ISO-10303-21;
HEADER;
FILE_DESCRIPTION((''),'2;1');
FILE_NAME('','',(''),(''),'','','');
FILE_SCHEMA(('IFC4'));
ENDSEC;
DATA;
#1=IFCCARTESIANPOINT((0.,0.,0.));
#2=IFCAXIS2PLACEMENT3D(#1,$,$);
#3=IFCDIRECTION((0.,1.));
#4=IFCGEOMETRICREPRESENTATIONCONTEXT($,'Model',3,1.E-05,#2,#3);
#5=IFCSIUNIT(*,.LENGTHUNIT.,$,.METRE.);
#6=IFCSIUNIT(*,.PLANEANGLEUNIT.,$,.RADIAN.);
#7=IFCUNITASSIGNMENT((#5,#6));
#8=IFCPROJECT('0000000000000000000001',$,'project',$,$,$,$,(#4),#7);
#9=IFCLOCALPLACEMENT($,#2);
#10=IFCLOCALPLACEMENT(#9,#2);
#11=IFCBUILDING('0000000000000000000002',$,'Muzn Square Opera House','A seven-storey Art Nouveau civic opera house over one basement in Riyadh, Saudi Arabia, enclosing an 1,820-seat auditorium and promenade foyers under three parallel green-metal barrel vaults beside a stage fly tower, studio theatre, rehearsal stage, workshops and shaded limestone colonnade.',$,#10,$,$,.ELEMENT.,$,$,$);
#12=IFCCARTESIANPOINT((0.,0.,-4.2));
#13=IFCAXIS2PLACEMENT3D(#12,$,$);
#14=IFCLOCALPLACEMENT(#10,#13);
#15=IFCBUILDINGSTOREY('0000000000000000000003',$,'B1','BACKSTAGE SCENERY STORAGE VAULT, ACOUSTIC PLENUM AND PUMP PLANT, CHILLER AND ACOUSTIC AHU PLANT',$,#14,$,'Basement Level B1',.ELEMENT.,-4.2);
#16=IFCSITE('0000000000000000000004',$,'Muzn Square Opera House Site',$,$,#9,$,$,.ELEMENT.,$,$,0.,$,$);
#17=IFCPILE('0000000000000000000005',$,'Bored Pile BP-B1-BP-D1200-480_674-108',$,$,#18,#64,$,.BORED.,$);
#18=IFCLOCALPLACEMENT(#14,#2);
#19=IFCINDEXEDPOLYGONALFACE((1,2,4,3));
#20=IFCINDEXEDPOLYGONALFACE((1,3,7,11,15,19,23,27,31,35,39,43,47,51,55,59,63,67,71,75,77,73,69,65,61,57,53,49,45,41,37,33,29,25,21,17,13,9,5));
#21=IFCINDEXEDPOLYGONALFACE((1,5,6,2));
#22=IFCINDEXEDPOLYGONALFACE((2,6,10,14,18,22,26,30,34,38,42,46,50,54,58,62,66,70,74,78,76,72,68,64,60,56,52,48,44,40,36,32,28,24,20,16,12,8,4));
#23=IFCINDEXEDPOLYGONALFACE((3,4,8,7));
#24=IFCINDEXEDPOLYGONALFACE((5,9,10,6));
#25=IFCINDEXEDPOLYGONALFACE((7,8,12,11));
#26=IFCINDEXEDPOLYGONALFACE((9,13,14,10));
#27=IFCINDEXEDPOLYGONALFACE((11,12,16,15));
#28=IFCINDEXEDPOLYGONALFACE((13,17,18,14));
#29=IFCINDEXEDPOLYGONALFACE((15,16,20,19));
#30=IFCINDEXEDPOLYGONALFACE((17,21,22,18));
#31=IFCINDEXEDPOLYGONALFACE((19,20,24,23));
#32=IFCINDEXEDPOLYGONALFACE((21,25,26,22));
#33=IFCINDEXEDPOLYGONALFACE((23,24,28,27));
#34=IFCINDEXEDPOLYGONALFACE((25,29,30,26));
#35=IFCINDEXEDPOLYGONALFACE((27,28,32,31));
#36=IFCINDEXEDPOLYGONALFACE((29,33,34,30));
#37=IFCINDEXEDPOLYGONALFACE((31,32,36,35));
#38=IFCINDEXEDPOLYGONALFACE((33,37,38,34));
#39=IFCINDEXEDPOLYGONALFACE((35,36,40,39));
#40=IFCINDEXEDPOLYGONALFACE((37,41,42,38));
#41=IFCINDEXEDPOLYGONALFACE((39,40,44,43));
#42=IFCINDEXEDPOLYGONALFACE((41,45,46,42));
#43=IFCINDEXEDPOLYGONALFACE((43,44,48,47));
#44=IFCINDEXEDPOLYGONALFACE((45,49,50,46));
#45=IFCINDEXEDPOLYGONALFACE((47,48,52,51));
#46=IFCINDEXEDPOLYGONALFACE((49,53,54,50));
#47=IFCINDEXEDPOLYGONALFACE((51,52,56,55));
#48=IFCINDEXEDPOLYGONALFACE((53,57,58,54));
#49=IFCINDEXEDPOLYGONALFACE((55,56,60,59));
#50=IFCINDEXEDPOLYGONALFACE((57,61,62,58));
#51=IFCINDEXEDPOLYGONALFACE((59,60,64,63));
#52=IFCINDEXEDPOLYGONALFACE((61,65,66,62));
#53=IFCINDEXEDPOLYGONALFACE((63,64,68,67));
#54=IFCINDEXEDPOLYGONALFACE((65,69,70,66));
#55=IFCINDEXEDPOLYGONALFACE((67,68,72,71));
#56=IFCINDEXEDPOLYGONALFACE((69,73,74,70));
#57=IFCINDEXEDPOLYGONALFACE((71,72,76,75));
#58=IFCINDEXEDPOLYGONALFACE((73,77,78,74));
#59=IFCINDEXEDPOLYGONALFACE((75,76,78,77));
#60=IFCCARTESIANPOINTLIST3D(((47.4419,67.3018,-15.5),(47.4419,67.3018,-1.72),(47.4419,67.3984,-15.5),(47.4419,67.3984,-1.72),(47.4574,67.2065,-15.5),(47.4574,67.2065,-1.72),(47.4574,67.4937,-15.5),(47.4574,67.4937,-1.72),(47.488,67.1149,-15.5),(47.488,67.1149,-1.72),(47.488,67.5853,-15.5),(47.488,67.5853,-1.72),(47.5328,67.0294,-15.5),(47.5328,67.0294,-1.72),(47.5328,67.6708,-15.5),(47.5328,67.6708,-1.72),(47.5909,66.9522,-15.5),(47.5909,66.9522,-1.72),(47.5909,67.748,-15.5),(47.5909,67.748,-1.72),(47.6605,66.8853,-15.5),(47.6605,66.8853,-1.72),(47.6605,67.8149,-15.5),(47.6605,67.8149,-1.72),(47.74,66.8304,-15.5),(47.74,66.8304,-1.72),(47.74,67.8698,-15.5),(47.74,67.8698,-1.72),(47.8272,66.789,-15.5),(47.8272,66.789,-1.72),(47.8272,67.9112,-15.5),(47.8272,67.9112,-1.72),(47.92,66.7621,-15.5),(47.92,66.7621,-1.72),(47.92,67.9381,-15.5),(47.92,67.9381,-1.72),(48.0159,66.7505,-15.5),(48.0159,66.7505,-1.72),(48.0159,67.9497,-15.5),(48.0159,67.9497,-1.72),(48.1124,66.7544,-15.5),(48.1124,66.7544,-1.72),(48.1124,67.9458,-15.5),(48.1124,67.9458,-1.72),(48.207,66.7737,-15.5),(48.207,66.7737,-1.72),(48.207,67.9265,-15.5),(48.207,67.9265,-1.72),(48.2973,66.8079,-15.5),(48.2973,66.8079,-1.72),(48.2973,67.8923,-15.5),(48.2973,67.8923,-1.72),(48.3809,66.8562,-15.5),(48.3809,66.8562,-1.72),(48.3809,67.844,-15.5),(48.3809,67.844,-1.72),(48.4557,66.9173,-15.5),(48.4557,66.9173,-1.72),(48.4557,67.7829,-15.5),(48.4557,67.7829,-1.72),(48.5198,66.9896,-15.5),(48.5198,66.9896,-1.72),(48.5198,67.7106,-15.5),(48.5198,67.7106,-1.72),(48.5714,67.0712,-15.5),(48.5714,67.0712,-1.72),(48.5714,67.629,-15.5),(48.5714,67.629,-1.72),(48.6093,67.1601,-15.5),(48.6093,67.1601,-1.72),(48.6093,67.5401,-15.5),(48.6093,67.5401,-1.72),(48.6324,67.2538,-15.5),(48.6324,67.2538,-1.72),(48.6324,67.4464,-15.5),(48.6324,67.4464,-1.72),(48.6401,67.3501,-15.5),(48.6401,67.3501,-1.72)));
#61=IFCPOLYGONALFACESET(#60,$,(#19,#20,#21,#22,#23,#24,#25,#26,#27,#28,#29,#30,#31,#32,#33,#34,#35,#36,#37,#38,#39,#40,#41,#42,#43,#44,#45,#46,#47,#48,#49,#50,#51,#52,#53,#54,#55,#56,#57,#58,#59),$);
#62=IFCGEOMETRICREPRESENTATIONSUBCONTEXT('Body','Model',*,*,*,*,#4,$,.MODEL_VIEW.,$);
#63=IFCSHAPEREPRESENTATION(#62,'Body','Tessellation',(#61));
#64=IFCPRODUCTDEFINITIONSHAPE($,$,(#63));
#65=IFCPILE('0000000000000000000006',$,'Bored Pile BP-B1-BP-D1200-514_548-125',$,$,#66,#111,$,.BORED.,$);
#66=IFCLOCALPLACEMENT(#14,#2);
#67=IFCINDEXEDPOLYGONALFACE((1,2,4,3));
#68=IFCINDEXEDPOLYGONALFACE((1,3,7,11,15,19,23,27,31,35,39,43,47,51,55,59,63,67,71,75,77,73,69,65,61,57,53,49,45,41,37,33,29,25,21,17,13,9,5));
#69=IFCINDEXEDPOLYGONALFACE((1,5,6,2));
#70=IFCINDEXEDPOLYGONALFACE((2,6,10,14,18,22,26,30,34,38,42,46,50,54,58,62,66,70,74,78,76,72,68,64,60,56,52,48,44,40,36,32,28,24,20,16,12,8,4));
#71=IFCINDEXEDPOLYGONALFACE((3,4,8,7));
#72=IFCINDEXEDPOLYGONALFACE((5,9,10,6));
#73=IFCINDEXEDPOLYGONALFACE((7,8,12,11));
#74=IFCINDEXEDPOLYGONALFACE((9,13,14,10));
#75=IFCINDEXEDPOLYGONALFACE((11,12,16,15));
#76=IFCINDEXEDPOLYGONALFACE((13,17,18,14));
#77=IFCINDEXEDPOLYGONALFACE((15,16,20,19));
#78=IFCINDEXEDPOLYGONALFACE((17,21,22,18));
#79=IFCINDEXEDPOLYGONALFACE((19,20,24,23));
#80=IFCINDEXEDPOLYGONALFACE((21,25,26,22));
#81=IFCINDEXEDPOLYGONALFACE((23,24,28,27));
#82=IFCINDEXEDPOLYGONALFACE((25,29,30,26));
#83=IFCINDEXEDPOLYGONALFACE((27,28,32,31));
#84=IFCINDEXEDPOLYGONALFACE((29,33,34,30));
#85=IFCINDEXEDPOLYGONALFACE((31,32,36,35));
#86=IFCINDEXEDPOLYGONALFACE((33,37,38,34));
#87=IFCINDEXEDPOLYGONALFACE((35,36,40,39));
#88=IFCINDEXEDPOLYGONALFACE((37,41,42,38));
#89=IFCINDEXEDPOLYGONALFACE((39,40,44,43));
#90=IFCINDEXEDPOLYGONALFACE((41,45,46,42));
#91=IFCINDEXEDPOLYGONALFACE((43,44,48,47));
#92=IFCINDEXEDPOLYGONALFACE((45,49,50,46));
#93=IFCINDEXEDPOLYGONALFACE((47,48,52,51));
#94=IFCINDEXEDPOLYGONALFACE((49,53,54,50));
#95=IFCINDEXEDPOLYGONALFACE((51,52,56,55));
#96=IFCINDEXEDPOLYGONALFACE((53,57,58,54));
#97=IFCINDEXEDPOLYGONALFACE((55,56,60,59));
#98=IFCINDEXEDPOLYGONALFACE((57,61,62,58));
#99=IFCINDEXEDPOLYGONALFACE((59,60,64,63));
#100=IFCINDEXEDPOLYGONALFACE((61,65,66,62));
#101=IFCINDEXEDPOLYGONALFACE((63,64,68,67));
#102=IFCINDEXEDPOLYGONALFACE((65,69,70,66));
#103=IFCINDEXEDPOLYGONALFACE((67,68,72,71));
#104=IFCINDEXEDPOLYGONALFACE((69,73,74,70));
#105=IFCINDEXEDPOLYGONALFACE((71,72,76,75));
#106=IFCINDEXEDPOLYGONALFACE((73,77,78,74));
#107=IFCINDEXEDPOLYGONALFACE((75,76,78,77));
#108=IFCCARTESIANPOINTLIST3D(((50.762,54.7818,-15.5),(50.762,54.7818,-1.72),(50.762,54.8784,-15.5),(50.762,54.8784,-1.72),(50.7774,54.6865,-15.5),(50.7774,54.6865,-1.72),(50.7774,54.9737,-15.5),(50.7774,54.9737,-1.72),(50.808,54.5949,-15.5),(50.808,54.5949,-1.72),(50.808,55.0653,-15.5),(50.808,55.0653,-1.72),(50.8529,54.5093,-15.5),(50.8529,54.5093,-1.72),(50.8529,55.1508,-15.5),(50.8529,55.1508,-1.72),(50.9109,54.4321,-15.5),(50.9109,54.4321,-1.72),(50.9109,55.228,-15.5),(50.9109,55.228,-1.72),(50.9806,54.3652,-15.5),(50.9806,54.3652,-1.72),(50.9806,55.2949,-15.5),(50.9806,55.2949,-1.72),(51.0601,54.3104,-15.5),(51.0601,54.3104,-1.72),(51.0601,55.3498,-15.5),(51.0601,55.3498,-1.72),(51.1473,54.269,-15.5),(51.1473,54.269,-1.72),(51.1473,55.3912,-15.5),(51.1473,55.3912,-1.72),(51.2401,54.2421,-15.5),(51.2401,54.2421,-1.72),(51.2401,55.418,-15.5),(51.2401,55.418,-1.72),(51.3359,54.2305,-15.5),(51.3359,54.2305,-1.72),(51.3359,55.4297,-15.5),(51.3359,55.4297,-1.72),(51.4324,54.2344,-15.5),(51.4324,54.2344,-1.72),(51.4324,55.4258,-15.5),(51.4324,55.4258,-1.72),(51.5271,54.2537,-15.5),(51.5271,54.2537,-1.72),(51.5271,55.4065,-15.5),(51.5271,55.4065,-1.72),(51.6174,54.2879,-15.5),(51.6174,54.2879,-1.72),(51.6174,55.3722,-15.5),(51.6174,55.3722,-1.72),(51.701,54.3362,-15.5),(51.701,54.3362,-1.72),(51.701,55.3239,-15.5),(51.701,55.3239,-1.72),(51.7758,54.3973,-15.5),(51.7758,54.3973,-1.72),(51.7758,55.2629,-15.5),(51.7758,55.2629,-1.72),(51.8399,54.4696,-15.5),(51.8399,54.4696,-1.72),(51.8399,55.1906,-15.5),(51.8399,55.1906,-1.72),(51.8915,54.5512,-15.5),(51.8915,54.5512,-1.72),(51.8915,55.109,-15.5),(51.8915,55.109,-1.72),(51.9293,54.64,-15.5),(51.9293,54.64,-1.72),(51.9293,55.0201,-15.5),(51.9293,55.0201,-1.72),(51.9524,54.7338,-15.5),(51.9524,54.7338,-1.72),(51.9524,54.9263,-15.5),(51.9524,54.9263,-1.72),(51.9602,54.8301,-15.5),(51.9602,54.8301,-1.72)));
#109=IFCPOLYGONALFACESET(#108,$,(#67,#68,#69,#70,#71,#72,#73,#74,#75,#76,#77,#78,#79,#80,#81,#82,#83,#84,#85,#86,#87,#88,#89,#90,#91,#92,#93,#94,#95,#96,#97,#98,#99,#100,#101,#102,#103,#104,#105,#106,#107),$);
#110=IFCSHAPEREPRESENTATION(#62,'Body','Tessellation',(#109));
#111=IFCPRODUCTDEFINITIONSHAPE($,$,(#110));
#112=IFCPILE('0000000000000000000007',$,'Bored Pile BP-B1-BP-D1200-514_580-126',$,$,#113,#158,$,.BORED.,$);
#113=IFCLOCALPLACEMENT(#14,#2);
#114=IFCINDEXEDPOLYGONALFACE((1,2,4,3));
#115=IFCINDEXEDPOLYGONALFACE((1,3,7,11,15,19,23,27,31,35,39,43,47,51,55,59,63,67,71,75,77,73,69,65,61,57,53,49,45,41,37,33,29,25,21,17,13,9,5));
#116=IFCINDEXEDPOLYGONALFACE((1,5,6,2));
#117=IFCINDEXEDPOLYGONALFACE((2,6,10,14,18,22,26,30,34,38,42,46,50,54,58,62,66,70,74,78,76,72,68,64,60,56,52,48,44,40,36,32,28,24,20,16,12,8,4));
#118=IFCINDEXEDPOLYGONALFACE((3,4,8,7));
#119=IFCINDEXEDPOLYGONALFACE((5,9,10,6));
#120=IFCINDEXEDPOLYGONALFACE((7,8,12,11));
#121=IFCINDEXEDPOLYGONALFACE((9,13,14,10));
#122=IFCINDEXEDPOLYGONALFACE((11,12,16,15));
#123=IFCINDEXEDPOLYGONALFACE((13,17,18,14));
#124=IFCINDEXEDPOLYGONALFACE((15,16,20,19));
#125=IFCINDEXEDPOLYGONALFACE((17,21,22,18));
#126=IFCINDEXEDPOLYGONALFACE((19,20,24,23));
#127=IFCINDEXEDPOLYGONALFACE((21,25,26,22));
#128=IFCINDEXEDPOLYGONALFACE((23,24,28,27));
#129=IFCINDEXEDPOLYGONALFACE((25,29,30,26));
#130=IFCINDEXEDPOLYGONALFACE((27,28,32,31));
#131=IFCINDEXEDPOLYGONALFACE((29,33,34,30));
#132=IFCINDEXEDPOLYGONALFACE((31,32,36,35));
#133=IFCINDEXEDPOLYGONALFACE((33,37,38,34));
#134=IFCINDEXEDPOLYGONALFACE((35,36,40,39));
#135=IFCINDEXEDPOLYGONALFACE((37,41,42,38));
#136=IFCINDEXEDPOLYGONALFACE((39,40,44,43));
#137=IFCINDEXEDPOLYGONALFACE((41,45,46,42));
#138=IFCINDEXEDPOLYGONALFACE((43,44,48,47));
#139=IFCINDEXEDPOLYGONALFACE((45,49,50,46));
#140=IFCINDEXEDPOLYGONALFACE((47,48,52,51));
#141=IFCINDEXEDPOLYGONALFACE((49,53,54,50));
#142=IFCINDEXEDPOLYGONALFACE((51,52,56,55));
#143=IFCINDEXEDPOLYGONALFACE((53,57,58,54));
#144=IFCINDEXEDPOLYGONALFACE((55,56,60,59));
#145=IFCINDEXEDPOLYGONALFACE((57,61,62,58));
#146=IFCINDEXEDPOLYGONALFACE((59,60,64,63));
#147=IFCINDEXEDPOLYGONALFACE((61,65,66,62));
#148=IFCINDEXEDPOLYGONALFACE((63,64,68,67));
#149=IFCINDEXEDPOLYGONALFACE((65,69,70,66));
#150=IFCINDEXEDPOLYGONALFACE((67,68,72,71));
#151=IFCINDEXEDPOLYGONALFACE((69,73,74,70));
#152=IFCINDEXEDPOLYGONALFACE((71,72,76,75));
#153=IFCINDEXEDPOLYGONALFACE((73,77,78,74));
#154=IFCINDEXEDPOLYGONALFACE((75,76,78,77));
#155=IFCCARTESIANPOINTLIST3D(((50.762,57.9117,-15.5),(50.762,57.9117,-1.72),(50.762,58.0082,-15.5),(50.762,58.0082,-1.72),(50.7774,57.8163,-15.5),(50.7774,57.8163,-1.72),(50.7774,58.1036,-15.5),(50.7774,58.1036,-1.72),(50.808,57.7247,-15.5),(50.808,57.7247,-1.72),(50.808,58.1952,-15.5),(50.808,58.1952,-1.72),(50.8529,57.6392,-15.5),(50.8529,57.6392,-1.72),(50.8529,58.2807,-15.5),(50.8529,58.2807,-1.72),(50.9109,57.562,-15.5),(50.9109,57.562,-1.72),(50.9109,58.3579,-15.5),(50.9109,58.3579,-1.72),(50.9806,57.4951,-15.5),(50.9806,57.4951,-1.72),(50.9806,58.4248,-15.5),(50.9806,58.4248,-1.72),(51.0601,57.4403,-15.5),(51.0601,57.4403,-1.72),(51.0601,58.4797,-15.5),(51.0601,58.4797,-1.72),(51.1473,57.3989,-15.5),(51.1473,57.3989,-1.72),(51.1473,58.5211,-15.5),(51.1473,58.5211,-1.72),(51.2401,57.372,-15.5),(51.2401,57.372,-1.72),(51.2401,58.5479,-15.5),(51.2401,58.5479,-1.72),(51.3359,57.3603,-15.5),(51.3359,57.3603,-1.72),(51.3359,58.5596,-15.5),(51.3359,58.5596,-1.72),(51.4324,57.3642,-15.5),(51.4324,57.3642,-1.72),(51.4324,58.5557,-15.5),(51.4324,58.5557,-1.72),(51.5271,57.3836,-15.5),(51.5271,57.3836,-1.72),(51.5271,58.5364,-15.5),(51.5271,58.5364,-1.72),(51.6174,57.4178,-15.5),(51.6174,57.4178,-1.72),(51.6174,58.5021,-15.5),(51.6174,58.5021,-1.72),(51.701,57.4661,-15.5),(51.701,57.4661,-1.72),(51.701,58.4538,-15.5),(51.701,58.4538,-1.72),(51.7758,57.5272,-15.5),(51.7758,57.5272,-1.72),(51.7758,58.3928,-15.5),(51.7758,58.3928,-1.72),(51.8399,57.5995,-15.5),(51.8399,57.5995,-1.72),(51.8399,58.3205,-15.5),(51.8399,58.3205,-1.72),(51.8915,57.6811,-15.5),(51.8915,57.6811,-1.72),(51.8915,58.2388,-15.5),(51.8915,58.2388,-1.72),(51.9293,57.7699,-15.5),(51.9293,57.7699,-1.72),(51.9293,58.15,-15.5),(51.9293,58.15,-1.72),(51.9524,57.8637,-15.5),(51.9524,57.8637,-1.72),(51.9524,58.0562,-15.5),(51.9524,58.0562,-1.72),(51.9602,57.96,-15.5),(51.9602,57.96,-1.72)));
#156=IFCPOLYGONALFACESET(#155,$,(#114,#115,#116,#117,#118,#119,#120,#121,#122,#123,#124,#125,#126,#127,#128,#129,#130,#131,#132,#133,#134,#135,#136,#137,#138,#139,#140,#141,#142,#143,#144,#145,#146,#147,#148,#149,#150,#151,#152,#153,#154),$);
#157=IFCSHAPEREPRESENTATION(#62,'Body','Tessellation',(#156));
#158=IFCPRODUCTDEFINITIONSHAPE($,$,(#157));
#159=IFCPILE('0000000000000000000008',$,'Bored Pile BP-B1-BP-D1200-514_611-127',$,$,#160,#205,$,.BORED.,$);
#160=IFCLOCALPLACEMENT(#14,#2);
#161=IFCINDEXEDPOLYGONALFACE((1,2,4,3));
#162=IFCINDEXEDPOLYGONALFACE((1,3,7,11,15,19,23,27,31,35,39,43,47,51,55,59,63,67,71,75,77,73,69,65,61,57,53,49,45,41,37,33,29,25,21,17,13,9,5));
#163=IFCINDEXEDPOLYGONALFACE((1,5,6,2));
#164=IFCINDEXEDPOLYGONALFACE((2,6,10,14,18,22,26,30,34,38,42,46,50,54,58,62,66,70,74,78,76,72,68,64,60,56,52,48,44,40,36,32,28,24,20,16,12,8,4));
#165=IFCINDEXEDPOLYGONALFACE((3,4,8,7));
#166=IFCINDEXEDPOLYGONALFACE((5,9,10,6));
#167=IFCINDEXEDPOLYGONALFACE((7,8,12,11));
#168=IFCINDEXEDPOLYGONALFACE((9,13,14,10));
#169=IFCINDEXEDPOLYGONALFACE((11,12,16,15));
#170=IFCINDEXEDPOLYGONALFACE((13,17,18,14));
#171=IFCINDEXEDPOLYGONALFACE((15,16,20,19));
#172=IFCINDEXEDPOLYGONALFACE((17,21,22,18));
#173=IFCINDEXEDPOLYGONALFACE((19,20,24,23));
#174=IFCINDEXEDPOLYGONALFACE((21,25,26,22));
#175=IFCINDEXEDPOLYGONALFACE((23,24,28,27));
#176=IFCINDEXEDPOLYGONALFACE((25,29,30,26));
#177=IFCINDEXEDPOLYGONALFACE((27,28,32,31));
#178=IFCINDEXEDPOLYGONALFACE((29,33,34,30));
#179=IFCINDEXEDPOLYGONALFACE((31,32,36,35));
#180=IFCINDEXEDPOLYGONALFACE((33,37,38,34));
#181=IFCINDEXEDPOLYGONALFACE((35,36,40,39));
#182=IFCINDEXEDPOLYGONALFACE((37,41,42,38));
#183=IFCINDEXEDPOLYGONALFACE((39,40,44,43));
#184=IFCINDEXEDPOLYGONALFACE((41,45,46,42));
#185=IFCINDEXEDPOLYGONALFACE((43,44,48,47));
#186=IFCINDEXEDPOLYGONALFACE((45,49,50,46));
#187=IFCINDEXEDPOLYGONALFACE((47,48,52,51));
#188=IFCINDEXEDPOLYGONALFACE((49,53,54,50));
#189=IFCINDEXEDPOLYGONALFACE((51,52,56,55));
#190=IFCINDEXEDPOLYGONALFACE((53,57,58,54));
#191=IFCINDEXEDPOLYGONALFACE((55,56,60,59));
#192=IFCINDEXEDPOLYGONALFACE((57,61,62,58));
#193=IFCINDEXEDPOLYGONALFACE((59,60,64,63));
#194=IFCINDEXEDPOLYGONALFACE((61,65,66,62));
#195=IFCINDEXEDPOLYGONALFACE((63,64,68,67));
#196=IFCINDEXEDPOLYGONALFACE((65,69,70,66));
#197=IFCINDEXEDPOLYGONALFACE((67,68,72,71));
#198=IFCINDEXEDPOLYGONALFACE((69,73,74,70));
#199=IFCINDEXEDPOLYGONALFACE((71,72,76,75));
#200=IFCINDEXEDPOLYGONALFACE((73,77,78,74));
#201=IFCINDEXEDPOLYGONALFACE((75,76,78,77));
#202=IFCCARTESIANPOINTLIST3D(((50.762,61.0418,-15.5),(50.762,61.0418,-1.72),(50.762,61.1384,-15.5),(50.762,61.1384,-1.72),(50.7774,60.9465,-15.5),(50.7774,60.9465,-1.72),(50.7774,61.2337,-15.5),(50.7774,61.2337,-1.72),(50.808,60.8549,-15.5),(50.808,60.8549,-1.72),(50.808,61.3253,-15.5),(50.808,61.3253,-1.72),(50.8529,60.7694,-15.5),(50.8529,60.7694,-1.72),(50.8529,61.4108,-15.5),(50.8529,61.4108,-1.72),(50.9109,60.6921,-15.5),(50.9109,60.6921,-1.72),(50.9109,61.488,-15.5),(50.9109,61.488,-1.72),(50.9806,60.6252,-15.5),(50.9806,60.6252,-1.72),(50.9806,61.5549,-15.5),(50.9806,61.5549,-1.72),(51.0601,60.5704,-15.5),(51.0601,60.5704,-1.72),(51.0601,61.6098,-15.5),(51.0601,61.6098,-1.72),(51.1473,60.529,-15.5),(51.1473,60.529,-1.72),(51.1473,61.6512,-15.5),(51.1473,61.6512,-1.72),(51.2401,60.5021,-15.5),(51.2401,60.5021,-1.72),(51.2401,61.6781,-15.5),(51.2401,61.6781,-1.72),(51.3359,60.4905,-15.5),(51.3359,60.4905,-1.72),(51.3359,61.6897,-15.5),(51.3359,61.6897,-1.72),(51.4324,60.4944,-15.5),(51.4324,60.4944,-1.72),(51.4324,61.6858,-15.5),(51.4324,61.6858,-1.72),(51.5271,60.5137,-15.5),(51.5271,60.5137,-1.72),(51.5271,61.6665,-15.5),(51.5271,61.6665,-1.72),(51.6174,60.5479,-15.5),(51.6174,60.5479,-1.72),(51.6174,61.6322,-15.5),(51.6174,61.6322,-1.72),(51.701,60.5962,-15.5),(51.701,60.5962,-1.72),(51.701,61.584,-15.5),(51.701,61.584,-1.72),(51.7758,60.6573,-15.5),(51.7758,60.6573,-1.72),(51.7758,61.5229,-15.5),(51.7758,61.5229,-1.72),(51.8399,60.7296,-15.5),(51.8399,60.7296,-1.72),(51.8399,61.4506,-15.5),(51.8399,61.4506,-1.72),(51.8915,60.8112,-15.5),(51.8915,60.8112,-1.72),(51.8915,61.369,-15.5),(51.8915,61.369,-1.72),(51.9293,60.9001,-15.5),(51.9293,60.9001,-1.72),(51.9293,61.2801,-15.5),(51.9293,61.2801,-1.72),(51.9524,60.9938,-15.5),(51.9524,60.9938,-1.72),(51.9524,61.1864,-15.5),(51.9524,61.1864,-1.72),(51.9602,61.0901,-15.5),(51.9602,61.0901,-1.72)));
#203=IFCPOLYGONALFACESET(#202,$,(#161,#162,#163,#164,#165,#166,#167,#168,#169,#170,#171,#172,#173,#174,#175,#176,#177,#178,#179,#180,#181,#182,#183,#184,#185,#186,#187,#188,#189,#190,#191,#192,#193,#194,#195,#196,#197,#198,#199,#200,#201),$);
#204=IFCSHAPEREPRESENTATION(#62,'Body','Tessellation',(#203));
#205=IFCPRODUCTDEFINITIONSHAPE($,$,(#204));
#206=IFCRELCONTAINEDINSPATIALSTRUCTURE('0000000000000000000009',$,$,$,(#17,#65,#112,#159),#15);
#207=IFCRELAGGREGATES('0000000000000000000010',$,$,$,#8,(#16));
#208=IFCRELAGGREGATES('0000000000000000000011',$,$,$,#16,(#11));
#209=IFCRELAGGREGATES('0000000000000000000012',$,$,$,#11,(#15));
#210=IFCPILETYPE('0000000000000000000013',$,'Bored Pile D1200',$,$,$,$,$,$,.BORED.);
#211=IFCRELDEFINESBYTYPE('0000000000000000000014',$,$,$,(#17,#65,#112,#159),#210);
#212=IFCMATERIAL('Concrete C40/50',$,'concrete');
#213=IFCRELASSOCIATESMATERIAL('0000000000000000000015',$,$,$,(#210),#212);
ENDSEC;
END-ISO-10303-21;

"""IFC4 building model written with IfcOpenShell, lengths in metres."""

from ifc_helpers import new_model, si_unit, direction, frame, origin, origin_2d, place, context, subcontext, project, spatial, circle, extrude, material, material_profile, profile_set, type_object, element, save


model = new_model("IFC4")

# Units and contexts
model_context = context("Model", 3, precision=1e-05, world=origin(), true_north=direction((0.0, 1.0)))
body_context = subcontext(model_context, "Body", "Model", "MODEL_VIEW")
ifc_project = project(units=[si_unit("LENGTHUNIT", "METRE"), si_unit("PLANEANGLEUNIT", "RADIAN")], contexts=[model_context])

# Site, building, storey
site_placement = place(None, origin())
site = spatial("IfcSite", under=ifc_project, at=site_placement, Name="Muzn Square Opera House Site", CompositionType="ELEMENT", RefElevation=0.0)
building_placement = place(site_placement, origin())
building = spatial("IfcBuilding", under=site, at=building_placement, Name="Muzn Square Opera House", Description="A seven-storey Art Nouveau civic opera house over one basement in Riyadh, Saudi Arabia, enclosing an 1,820-seat auditorium and promenade foyers under three parallel green-metal barrel vaults beside a stage fly tower, studio theatre, rehearsal stage, workshops and shaded limestone colonnade.", CompositionType="ELEMENT")
storey_placement = place(building_placement, frame((0.0, 0.0, -4.2)))
storey = spatial("IfcBuildingStorey", under=building, at=storey_placement, Name="B1", Description="BACKSTAGE SCENERY STORAGE VAULT, ACOUSTIC PLENUM AND PUMP PLANT, CHILLER AND ACOUSTIC AHU PLANT", LongName="Basement Level B1", CompositionType="ELEMENT", Elevation=-4.2)

# Piles
ifc_material_1 = material(Name="Concrete C40/50", Category="concrete")
ifc_material_profile_1 = material_profile(ifc_material_1, circle(Radius=0.6001, at=origin_2d()), Name="BORED PILE D1200", Category="concrete")
ifc_profile_set_1 = profile_set([ifc_material_profile_1], Name="Concrete C40/50")
pile_type = type_object("IfcPileType", Name="Bored Pile D1200", PredefinedType="BORED", material=ifc_profile_set_1)
for number, where, z_axis, x_axis, name in (
    (1, (48.04, 67.3501, -1.72), (0.0, 0.0, -1.0), (1.0, 0.0, 0.0), "Bored Pile BP-B1-BP-D1200-480_674-108"),
    (2, (51.3601, 54.8301, -1.72), (0.0, 0.0, -1.0), (1.0, 0.0, 0.0), "Bored Pile BP-B1-BP-D1200-514_548-125"),
    (3, (51.3601, 57.96, -1.72), (0.0, 0.0, -1.0), (1.0, 0.0, 0.0), "Bored Pile BP-B1-BP-D1200-514_580-126"),
    (4, (51.3601, 61.0901, -1.72), (0.0, 0.0, -1.0), (1.0, 0.0, 0.0), "Bored Pile BP-B1-BP-D1200-514_611-127"),
):
    element("IfcPile", number, at=place(storey_placement, frame(where, z_axis=z_axis, x_axis=x_axis)), inside=storey, type_object=pile_type, Name=name, PredefinedType="BORED", context=body_context, shape_type="SweptSolid", body=[
        extrude(circle(Radius=0.6001, at=origin_2d()), origin(), (0.0, 0.0, 1.0), 13.78),
    ])

save(model, "model.ifc")
